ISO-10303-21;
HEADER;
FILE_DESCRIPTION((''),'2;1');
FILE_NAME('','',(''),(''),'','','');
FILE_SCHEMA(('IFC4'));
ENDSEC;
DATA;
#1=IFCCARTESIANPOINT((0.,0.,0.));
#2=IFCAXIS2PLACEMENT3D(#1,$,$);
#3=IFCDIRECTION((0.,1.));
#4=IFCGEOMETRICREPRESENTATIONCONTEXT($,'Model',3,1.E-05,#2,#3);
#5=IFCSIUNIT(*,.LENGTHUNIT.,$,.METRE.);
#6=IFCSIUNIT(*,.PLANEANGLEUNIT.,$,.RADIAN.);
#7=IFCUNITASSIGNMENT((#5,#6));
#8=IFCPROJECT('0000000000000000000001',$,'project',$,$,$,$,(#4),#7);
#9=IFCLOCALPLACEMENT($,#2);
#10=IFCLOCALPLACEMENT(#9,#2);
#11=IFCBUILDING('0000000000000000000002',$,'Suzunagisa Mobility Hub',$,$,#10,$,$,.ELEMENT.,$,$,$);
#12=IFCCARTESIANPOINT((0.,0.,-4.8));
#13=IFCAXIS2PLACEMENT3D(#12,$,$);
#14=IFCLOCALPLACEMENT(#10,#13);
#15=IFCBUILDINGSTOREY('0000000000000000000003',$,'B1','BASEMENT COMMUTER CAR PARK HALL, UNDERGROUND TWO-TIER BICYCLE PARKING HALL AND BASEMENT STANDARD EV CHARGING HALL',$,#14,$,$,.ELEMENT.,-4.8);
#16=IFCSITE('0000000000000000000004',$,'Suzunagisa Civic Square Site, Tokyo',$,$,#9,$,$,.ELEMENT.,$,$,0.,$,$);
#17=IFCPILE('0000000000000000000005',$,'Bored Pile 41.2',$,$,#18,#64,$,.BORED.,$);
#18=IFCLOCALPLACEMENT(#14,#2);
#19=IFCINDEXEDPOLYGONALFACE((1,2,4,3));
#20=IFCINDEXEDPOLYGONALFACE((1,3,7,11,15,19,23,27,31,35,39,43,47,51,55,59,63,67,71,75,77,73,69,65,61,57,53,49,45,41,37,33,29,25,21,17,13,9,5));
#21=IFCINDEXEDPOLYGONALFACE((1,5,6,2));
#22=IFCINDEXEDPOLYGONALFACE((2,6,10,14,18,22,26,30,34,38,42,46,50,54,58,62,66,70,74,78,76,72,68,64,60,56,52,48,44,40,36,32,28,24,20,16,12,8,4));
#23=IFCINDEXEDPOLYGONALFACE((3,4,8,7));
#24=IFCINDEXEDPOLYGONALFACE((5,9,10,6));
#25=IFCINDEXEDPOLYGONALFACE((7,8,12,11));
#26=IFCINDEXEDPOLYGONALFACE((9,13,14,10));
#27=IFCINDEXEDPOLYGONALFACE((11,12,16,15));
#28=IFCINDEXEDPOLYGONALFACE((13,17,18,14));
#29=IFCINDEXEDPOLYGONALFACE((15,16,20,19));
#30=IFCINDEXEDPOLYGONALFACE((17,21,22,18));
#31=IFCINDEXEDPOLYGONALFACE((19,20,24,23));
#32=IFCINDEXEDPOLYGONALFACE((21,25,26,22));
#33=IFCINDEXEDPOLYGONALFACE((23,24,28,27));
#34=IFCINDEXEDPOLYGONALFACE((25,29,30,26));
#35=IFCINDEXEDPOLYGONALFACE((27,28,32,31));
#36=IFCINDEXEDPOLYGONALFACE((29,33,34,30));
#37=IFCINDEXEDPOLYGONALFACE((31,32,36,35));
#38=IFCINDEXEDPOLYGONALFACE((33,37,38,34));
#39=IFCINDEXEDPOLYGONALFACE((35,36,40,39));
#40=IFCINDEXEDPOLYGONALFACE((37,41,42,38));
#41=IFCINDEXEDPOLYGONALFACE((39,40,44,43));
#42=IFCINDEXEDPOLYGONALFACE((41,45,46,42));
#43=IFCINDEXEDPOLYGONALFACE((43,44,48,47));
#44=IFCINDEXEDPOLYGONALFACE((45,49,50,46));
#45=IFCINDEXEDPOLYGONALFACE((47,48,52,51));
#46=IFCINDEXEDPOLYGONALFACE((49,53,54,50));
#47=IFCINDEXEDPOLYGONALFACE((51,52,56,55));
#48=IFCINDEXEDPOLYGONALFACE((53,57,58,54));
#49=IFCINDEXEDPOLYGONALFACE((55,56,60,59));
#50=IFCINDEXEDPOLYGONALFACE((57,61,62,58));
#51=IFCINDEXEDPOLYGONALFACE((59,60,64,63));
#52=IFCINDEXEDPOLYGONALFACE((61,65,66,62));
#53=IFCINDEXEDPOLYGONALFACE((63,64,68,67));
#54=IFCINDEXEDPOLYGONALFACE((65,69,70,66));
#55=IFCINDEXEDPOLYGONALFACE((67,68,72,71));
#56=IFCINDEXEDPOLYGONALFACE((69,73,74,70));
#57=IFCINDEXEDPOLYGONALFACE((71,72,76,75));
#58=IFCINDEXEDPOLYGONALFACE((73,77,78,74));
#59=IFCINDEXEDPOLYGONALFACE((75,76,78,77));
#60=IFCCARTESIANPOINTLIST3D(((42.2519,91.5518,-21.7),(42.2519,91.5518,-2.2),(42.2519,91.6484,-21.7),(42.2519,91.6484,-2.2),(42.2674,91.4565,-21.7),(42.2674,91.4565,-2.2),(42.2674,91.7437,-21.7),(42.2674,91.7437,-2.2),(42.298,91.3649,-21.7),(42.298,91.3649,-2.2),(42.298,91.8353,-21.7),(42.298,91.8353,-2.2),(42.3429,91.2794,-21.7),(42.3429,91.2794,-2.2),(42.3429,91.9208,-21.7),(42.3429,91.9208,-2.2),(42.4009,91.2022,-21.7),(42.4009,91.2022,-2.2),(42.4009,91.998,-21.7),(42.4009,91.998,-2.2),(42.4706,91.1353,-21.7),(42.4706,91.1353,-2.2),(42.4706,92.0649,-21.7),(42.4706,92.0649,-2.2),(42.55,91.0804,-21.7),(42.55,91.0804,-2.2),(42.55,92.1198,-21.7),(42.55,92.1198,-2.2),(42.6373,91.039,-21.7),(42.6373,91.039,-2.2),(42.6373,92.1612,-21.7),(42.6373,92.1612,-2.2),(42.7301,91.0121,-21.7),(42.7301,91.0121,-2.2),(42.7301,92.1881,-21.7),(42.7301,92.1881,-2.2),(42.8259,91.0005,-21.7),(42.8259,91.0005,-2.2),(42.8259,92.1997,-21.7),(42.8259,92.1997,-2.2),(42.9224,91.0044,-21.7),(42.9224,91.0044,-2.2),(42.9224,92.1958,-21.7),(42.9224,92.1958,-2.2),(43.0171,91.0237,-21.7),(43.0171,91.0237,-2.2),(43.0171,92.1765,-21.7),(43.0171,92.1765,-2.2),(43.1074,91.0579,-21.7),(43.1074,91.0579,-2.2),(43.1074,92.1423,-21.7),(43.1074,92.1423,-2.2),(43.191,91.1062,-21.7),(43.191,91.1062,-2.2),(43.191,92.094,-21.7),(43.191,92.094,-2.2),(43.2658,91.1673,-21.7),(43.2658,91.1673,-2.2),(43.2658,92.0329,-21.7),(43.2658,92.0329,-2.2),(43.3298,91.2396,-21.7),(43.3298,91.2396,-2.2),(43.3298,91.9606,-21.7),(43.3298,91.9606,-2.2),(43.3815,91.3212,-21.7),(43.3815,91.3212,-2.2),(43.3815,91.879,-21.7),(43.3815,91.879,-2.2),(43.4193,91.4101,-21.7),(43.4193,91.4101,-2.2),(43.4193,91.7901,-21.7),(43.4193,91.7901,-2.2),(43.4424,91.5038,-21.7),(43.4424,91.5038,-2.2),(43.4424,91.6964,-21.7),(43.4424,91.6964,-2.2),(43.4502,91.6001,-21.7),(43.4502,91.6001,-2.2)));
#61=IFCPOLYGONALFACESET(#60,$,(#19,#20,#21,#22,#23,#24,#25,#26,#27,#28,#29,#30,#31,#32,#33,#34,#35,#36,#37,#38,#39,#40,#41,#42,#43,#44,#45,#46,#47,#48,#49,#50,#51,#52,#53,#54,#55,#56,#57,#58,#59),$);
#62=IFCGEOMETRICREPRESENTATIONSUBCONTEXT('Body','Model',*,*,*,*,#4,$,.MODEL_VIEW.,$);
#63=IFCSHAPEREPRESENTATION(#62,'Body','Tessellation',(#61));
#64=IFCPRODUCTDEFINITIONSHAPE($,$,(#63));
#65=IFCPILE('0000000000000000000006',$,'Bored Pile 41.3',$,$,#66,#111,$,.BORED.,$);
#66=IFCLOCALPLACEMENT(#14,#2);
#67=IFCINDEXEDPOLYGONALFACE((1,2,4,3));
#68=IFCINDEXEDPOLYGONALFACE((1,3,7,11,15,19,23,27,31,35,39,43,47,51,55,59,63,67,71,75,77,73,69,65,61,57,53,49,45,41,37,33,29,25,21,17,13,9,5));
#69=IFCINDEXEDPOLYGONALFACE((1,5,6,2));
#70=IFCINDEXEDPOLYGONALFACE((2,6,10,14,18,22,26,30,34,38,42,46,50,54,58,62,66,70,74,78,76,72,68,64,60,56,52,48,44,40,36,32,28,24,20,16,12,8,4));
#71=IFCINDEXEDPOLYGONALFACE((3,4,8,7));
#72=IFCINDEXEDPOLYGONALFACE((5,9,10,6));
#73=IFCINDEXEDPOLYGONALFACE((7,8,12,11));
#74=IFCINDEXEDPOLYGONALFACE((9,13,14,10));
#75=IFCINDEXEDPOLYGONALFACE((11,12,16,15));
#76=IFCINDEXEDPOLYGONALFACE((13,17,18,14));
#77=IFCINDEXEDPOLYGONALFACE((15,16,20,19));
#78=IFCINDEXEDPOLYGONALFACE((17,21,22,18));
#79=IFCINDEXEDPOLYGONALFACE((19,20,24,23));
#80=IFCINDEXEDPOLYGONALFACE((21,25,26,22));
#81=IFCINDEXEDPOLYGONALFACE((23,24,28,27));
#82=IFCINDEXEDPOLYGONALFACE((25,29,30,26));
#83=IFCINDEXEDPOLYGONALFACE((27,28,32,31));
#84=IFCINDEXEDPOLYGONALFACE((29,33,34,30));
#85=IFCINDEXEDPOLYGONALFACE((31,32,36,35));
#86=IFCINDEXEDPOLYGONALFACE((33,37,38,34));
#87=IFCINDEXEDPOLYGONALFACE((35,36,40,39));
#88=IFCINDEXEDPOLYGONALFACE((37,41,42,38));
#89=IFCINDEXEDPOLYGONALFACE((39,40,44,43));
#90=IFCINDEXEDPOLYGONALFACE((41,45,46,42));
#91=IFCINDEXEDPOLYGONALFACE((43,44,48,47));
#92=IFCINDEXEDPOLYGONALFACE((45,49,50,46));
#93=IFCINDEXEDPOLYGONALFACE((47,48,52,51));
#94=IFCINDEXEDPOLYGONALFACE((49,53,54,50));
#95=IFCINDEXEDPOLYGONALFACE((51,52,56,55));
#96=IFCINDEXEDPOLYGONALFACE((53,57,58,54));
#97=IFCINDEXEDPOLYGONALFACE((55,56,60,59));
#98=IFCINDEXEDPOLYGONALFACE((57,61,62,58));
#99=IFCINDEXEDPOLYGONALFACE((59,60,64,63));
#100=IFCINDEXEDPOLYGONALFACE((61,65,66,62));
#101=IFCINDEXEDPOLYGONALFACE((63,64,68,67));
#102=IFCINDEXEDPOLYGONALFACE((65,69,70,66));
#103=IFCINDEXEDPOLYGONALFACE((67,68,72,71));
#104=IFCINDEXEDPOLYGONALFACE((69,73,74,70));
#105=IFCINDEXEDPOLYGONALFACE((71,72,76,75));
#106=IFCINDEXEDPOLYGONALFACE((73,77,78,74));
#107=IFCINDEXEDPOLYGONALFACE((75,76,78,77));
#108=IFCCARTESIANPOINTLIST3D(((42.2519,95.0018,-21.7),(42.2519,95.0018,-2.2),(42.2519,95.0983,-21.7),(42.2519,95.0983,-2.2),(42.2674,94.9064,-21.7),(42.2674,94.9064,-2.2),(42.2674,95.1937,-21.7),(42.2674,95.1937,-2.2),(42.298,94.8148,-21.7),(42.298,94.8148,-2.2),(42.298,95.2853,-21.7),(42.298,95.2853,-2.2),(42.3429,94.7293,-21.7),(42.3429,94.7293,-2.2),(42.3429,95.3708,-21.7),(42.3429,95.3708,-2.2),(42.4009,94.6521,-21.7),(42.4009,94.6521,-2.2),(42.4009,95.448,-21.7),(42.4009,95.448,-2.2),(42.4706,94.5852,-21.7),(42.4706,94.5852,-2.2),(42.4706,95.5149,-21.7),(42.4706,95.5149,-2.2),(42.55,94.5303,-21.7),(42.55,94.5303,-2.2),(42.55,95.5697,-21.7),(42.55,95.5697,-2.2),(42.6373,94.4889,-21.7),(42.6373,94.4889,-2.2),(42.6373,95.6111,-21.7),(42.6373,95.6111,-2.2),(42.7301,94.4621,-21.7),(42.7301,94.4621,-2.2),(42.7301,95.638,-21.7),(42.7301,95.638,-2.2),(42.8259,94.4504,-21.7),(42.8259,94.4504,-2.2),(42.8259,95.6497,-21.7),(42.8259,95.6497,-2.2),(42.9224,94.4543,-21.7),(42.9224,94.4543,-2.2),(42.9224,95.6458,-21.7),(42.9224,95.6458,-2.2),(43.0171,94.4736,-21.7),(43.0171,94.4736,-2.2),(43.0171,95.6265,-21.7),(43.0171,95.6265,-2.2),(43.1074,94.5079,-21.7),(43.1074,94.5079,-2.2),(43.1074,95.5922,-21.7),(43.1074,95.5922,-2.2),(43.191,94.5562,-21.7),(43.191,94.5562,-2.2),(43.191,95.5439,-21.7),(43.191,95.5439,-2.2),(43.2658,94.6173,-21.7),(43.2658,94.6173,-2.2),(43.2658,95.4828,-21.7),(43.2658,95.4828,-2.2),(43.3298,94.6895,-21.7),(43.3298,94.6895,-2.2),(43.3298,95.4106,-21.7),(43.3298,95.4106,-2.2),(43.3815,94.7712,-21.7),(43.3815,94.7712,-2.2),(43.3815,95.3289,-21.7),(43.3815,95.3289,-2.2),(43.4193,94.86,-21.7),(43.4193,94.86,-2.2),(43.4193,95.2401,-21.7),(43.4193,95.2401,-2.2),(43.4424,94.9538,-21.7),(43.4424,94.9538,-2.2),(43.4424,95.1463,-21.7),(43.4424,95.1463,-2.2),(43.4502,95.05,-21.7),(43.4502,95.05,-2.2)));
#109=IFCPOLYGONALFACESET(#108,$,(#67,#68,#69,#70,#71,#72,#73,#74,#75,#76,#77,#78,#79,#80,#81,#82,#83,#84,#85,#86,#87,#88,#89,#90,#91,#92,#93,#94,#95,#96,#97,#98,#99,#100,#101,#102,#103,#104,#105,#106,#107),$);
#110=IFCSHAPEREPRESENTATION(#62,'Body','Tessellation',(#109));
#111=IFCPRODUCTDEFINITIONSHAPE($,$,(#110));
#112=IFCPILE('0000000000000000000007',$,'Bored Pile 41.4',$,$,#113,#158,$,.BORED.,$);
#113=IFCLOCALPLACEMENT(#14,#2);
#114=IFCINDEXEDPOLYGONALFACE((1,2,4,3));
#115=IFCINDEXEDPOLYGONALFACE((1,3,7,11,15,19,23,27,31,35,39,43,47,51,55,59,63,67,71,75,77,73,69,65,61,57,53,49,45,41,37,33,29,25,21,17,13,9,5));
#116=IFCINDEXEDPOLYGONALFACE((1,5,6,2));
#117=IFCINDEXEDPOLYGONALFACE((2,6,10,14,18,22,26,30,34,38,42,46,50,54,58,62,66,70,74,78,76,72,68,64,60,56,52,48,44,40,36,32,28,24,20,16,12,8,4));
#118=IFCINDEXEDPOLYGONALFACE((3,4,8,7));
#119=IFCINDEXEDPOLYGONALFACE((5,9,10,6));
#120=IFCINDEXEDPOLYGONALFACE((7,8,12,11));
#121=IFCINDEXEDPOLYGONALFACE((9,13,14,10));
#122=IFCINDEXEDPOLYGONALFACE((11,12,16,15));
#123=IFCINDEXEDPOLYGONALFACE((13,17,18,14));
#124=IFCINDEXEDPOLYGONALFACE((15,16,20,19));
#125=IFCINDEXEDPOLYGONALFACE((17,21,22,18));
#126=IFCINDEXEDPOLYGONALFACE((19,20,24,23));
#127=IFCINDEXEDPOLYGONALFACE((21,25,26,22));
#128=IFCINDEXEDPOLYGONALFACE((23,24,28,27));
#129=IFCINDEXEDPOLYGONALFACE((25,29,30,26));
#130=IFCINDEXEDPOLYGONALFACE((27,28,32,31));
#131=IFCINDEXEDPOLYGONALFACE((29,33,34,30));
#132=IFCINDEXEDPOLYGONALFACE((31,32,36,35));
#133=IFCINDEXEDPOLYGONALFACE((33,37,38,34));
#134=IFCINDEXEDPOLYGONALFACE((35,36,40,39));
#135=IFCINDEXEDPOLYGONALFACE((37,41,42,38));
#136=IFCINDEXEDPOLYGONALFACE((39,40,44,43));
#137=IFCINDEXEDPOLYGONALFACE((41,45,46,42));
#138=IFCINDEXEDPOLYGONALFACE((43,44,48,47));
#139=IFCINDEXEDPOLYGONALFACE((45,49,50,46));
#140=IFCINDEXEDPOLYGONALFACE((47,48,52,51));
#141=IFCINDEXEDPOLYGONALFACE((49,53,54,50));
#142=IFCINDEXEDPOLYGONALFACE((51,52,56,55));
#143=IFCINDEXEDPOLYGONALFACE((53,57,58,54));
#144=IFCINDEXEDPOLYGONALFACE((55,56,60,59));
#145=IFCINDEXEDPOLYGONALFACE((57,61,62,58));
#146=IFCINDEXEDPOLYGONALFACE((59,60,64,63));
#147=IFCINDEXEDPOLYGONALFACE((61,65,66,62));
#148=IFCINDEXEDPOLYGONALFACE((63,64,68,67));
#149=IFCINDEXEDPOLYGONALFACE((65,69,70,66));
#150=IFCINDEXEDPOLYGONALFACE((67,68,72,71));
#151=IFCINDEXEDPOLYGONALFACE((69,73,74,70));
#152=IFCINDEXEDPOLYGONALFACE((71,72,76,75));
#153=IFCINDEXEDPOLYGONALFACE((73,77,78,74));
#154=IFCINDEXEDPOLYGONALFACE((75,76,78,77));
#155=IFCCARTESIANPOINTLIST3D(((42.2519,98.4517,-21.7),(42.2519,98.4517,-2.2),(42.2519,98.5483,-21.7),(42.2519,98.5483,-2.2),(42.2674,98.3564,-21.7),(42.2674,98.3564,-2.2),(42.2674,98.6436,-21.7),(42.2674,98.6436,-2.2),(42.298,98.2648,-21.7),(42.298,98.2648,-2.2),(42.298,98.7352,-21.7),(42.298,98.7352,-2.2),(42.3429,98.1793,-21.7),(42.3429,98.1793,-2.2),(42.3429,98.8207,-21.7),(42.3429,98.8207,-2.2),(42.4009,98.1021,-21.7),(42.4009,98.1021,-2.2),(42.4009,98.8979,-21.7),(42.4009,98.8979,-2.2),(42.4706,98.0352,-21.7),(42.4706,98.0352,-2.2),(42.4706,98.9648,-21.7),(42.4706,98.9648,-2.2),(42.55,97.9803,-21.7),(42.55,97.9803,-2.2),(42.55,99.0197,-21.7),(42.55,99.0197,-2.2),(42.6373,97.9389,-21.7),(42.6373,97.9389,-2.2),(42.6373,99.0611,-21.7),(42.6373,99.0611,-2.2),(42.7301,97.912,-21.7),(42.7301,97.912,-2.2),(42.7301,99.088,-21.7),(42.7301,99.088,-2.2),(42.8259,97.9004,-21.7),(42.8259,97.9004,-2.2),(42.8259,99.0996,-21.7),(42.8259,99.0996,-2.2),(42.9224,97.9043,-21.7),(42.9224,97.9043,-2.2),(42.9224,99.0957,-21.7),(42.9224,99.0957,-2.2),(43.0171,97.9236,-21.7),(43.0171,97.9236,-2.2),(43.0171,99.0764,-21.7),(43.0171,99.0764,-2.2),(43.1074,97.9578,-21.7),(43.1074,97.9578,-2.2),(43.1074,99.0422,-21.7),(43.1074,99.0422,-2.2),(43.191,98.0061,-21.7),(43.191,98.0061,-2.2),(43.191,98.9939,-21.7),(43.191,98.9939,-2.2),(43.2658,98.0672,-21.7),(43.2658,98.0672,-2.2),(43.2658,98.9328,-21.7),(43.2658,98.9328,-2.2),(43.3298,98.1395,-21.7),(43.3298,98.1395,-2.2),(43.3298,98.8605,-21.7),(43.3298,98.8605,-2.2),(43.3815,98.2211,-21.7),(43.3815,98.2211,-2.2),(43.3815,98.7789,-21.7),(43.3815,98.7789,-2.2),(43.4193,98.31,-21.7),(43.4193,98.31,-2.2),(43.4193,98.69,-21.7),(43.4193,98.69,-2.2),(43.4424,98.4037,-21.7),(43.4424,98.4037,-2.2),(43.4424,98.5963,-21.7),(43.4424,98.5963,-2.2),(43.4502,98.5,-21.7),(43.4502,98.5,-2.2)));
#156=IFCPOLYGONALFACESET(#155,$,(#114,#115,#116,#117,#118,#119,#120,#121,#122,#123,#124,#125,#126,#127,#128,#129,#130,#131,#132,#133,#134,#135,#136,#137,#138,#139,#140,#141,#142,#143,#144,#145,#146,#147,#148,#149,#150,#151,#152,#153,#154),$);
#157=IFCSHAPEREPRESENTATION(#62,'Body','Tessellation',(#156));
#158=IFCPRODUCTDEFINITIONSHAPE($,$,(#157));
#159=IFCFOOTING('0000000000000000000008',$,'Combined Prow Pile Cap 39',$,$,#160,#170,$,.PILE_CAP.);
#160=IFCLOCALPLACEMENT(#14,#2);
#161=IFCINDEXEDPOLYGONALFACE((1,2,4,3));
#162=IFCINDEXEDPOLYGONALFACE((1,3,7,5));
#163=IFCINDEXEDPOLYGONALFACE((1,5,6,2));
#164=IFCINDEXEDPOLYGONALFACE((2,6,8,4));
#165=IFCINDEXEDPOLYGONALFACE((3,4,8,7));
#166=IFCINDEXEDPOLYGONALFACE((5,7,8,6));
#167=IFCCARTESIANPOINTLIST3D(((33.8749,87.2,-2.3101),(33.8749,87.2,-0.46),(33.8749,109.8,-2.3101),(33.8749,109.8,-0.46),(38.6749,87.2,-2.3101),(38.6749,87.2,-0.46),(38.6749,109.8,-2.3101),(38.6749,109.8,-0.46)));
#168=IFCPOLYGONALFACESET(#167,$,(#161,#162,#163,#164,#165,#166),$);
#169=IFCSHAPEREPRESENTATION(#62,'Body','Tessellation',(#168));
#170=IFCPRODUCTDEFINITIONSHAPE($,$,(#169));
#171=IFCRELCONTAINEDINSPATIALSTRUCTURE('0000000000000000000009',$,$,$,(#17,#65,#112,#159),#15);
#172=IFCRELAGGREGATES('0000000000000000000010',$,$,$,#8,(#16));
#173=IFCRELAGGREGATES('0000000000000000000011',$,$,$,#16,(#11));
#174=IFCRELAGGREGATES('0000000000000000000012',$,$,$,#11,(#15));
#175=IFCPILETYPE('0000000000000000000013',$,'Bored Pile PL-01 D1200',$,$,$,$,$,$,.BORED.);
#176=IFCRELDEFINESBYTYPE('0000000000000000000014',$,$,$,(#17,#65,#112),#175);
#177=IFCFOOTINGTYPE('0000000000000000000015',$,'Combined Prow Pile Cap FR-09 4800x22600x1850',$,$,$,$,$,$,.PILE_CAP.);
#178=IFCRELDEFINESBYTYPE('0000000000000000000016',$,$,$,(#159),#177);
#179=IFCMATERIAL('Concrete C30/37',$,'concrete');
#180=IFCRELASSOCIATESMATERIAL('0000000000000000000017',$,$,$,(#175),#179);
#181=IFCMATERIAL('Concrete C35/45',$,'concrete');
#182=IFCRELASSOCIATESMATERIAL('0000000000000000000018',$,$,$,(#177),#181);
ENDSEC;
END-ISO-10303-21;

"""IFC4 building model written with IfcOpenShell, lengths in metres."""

from ifc_helpers import new_model, si_unit, direction, frame, origin, origin_2d, place, context, subcontext, project, spatial, rectangle, circle, extrude, material, material_profile, profile_set, type_object, element, save


model = new_model("IFC4")

# Units and contexts
model_context = context("Model", 3, precision=1e-05, world=origin(), true_north=direction((0.0, 1.0)))
body_context = subcontext(model_context, "Body", "Model", "MODEL_VIEW")
ifc_project = project(units=[si_unit("LENGTHUNIT", "METRE"), si_unit("PLANEANGLEUNIT", "RADIAN")], contexts=[model_context])

# Site, building, storey
site_placement = place(None, origin())
site = spatial("IfcSite", under=ifc_project, at=site_placement, Name="Suzunagisa Civic Square Site, Tokyo", CompositionType="ELEMENT", RefElevation=0.0)
building_placement = place(site_placement, origin())
building = spatial("IfcBuilding", under=site, at=building_placement, Name="Suzunagisa Mobility Hub", CompositionType="ELEMENT")
storey_placement = place(building_placement, frame((0.0, 0.0, -4.8)))
storey = spatial("IfcBuildingStorey", under=building, at=storey_placement, Name="B1", Description="BASEMENT COMMUTER CAR PARK HALL, UNDERGROUND TWO-TIER BICYCLE PARKING HALL AND BASEMENT STANDARD EV CHARGING HALL", CompositionType="ELEMENT", Elevation=-4.8)

# Piles
ifc_material_1 = material(Name="Concrete C30/37", Category="concrete")
ifc_material_profile_1 = material_profile(ifc_material_1, circle(Radius=0.6001, at=origin_2d()), Name="BORED PILE D1200")
ifc_profile_set_1 = profile_set([ifc_material_profile_1], Name="Concrete C30/37")
pile_type = type_object("IfcPileType", Name="Bored Pile PL-01 D1200", PredefinedType="BORED", material=ifc_profile_set_1)
for number, where, z_axis, x_axis, name in (
    (1, (42.8501, 91.6001, -2.2), (0.0, 0.0, -1.0), (1.0, 0.0, 0.0), "Bored Pile 41.2"),
    (2, (42.8501, 95.05, -2.2), (0.0, 0.0, -1.0), (1.0, 0.0, 0.0), "Bored Pile 41.3"),
    (3, (42.8501, 98.5, -2.2), (0.0, 0.0, -1.0), (1.0, 0.0, 0.0), "Bored Pile 41.4"),
):
    element("IfcPile", number, at=place(storey_placement, frame(where, z_axis=z_axis, x_axis=x_axis)), inside=storey, type_object=pile_type, Name=name, PredefinedType="BORED", context=body_context, shape_type="SweptSolid", body=[
        extrude(circle(Radius=0.6001, at=origin_2d()), origin(), (0.0, 0.0, 1.0), 19.5),
    ])

# Footing
ifc_material_2 = material(Name="Concrete C35/45", Category="concrete")
footing_type = type_object("IfcFootingType", Name="Combined Prow Pile Cap FR-09 4800x22600x1850", PredefinedType="PILE_CAP", material=ifc_material_2)
footing_placement = place(storey_placement, frame((36.2749, 98.5, -2.3101), z_axis=(0.0, 0.0, 1.0), x_axis=(1.0, 0.0, 0.0)))
element("IfcFooting", 4, at=footing_placement, inside=storey, type_object=footing_type, Name="Combined Prow Pile Cap 39", PredefinedType="PILE_CAP", context=body_context, shape_type="SweptSolid", body=[
    extrude(rectangle(XDim=4.8, YDim=22.6001, at=origin_2d()), origin(), (0.0, 0.0, 1.0), 1.8501),
])

save(model, "model.ifc")
